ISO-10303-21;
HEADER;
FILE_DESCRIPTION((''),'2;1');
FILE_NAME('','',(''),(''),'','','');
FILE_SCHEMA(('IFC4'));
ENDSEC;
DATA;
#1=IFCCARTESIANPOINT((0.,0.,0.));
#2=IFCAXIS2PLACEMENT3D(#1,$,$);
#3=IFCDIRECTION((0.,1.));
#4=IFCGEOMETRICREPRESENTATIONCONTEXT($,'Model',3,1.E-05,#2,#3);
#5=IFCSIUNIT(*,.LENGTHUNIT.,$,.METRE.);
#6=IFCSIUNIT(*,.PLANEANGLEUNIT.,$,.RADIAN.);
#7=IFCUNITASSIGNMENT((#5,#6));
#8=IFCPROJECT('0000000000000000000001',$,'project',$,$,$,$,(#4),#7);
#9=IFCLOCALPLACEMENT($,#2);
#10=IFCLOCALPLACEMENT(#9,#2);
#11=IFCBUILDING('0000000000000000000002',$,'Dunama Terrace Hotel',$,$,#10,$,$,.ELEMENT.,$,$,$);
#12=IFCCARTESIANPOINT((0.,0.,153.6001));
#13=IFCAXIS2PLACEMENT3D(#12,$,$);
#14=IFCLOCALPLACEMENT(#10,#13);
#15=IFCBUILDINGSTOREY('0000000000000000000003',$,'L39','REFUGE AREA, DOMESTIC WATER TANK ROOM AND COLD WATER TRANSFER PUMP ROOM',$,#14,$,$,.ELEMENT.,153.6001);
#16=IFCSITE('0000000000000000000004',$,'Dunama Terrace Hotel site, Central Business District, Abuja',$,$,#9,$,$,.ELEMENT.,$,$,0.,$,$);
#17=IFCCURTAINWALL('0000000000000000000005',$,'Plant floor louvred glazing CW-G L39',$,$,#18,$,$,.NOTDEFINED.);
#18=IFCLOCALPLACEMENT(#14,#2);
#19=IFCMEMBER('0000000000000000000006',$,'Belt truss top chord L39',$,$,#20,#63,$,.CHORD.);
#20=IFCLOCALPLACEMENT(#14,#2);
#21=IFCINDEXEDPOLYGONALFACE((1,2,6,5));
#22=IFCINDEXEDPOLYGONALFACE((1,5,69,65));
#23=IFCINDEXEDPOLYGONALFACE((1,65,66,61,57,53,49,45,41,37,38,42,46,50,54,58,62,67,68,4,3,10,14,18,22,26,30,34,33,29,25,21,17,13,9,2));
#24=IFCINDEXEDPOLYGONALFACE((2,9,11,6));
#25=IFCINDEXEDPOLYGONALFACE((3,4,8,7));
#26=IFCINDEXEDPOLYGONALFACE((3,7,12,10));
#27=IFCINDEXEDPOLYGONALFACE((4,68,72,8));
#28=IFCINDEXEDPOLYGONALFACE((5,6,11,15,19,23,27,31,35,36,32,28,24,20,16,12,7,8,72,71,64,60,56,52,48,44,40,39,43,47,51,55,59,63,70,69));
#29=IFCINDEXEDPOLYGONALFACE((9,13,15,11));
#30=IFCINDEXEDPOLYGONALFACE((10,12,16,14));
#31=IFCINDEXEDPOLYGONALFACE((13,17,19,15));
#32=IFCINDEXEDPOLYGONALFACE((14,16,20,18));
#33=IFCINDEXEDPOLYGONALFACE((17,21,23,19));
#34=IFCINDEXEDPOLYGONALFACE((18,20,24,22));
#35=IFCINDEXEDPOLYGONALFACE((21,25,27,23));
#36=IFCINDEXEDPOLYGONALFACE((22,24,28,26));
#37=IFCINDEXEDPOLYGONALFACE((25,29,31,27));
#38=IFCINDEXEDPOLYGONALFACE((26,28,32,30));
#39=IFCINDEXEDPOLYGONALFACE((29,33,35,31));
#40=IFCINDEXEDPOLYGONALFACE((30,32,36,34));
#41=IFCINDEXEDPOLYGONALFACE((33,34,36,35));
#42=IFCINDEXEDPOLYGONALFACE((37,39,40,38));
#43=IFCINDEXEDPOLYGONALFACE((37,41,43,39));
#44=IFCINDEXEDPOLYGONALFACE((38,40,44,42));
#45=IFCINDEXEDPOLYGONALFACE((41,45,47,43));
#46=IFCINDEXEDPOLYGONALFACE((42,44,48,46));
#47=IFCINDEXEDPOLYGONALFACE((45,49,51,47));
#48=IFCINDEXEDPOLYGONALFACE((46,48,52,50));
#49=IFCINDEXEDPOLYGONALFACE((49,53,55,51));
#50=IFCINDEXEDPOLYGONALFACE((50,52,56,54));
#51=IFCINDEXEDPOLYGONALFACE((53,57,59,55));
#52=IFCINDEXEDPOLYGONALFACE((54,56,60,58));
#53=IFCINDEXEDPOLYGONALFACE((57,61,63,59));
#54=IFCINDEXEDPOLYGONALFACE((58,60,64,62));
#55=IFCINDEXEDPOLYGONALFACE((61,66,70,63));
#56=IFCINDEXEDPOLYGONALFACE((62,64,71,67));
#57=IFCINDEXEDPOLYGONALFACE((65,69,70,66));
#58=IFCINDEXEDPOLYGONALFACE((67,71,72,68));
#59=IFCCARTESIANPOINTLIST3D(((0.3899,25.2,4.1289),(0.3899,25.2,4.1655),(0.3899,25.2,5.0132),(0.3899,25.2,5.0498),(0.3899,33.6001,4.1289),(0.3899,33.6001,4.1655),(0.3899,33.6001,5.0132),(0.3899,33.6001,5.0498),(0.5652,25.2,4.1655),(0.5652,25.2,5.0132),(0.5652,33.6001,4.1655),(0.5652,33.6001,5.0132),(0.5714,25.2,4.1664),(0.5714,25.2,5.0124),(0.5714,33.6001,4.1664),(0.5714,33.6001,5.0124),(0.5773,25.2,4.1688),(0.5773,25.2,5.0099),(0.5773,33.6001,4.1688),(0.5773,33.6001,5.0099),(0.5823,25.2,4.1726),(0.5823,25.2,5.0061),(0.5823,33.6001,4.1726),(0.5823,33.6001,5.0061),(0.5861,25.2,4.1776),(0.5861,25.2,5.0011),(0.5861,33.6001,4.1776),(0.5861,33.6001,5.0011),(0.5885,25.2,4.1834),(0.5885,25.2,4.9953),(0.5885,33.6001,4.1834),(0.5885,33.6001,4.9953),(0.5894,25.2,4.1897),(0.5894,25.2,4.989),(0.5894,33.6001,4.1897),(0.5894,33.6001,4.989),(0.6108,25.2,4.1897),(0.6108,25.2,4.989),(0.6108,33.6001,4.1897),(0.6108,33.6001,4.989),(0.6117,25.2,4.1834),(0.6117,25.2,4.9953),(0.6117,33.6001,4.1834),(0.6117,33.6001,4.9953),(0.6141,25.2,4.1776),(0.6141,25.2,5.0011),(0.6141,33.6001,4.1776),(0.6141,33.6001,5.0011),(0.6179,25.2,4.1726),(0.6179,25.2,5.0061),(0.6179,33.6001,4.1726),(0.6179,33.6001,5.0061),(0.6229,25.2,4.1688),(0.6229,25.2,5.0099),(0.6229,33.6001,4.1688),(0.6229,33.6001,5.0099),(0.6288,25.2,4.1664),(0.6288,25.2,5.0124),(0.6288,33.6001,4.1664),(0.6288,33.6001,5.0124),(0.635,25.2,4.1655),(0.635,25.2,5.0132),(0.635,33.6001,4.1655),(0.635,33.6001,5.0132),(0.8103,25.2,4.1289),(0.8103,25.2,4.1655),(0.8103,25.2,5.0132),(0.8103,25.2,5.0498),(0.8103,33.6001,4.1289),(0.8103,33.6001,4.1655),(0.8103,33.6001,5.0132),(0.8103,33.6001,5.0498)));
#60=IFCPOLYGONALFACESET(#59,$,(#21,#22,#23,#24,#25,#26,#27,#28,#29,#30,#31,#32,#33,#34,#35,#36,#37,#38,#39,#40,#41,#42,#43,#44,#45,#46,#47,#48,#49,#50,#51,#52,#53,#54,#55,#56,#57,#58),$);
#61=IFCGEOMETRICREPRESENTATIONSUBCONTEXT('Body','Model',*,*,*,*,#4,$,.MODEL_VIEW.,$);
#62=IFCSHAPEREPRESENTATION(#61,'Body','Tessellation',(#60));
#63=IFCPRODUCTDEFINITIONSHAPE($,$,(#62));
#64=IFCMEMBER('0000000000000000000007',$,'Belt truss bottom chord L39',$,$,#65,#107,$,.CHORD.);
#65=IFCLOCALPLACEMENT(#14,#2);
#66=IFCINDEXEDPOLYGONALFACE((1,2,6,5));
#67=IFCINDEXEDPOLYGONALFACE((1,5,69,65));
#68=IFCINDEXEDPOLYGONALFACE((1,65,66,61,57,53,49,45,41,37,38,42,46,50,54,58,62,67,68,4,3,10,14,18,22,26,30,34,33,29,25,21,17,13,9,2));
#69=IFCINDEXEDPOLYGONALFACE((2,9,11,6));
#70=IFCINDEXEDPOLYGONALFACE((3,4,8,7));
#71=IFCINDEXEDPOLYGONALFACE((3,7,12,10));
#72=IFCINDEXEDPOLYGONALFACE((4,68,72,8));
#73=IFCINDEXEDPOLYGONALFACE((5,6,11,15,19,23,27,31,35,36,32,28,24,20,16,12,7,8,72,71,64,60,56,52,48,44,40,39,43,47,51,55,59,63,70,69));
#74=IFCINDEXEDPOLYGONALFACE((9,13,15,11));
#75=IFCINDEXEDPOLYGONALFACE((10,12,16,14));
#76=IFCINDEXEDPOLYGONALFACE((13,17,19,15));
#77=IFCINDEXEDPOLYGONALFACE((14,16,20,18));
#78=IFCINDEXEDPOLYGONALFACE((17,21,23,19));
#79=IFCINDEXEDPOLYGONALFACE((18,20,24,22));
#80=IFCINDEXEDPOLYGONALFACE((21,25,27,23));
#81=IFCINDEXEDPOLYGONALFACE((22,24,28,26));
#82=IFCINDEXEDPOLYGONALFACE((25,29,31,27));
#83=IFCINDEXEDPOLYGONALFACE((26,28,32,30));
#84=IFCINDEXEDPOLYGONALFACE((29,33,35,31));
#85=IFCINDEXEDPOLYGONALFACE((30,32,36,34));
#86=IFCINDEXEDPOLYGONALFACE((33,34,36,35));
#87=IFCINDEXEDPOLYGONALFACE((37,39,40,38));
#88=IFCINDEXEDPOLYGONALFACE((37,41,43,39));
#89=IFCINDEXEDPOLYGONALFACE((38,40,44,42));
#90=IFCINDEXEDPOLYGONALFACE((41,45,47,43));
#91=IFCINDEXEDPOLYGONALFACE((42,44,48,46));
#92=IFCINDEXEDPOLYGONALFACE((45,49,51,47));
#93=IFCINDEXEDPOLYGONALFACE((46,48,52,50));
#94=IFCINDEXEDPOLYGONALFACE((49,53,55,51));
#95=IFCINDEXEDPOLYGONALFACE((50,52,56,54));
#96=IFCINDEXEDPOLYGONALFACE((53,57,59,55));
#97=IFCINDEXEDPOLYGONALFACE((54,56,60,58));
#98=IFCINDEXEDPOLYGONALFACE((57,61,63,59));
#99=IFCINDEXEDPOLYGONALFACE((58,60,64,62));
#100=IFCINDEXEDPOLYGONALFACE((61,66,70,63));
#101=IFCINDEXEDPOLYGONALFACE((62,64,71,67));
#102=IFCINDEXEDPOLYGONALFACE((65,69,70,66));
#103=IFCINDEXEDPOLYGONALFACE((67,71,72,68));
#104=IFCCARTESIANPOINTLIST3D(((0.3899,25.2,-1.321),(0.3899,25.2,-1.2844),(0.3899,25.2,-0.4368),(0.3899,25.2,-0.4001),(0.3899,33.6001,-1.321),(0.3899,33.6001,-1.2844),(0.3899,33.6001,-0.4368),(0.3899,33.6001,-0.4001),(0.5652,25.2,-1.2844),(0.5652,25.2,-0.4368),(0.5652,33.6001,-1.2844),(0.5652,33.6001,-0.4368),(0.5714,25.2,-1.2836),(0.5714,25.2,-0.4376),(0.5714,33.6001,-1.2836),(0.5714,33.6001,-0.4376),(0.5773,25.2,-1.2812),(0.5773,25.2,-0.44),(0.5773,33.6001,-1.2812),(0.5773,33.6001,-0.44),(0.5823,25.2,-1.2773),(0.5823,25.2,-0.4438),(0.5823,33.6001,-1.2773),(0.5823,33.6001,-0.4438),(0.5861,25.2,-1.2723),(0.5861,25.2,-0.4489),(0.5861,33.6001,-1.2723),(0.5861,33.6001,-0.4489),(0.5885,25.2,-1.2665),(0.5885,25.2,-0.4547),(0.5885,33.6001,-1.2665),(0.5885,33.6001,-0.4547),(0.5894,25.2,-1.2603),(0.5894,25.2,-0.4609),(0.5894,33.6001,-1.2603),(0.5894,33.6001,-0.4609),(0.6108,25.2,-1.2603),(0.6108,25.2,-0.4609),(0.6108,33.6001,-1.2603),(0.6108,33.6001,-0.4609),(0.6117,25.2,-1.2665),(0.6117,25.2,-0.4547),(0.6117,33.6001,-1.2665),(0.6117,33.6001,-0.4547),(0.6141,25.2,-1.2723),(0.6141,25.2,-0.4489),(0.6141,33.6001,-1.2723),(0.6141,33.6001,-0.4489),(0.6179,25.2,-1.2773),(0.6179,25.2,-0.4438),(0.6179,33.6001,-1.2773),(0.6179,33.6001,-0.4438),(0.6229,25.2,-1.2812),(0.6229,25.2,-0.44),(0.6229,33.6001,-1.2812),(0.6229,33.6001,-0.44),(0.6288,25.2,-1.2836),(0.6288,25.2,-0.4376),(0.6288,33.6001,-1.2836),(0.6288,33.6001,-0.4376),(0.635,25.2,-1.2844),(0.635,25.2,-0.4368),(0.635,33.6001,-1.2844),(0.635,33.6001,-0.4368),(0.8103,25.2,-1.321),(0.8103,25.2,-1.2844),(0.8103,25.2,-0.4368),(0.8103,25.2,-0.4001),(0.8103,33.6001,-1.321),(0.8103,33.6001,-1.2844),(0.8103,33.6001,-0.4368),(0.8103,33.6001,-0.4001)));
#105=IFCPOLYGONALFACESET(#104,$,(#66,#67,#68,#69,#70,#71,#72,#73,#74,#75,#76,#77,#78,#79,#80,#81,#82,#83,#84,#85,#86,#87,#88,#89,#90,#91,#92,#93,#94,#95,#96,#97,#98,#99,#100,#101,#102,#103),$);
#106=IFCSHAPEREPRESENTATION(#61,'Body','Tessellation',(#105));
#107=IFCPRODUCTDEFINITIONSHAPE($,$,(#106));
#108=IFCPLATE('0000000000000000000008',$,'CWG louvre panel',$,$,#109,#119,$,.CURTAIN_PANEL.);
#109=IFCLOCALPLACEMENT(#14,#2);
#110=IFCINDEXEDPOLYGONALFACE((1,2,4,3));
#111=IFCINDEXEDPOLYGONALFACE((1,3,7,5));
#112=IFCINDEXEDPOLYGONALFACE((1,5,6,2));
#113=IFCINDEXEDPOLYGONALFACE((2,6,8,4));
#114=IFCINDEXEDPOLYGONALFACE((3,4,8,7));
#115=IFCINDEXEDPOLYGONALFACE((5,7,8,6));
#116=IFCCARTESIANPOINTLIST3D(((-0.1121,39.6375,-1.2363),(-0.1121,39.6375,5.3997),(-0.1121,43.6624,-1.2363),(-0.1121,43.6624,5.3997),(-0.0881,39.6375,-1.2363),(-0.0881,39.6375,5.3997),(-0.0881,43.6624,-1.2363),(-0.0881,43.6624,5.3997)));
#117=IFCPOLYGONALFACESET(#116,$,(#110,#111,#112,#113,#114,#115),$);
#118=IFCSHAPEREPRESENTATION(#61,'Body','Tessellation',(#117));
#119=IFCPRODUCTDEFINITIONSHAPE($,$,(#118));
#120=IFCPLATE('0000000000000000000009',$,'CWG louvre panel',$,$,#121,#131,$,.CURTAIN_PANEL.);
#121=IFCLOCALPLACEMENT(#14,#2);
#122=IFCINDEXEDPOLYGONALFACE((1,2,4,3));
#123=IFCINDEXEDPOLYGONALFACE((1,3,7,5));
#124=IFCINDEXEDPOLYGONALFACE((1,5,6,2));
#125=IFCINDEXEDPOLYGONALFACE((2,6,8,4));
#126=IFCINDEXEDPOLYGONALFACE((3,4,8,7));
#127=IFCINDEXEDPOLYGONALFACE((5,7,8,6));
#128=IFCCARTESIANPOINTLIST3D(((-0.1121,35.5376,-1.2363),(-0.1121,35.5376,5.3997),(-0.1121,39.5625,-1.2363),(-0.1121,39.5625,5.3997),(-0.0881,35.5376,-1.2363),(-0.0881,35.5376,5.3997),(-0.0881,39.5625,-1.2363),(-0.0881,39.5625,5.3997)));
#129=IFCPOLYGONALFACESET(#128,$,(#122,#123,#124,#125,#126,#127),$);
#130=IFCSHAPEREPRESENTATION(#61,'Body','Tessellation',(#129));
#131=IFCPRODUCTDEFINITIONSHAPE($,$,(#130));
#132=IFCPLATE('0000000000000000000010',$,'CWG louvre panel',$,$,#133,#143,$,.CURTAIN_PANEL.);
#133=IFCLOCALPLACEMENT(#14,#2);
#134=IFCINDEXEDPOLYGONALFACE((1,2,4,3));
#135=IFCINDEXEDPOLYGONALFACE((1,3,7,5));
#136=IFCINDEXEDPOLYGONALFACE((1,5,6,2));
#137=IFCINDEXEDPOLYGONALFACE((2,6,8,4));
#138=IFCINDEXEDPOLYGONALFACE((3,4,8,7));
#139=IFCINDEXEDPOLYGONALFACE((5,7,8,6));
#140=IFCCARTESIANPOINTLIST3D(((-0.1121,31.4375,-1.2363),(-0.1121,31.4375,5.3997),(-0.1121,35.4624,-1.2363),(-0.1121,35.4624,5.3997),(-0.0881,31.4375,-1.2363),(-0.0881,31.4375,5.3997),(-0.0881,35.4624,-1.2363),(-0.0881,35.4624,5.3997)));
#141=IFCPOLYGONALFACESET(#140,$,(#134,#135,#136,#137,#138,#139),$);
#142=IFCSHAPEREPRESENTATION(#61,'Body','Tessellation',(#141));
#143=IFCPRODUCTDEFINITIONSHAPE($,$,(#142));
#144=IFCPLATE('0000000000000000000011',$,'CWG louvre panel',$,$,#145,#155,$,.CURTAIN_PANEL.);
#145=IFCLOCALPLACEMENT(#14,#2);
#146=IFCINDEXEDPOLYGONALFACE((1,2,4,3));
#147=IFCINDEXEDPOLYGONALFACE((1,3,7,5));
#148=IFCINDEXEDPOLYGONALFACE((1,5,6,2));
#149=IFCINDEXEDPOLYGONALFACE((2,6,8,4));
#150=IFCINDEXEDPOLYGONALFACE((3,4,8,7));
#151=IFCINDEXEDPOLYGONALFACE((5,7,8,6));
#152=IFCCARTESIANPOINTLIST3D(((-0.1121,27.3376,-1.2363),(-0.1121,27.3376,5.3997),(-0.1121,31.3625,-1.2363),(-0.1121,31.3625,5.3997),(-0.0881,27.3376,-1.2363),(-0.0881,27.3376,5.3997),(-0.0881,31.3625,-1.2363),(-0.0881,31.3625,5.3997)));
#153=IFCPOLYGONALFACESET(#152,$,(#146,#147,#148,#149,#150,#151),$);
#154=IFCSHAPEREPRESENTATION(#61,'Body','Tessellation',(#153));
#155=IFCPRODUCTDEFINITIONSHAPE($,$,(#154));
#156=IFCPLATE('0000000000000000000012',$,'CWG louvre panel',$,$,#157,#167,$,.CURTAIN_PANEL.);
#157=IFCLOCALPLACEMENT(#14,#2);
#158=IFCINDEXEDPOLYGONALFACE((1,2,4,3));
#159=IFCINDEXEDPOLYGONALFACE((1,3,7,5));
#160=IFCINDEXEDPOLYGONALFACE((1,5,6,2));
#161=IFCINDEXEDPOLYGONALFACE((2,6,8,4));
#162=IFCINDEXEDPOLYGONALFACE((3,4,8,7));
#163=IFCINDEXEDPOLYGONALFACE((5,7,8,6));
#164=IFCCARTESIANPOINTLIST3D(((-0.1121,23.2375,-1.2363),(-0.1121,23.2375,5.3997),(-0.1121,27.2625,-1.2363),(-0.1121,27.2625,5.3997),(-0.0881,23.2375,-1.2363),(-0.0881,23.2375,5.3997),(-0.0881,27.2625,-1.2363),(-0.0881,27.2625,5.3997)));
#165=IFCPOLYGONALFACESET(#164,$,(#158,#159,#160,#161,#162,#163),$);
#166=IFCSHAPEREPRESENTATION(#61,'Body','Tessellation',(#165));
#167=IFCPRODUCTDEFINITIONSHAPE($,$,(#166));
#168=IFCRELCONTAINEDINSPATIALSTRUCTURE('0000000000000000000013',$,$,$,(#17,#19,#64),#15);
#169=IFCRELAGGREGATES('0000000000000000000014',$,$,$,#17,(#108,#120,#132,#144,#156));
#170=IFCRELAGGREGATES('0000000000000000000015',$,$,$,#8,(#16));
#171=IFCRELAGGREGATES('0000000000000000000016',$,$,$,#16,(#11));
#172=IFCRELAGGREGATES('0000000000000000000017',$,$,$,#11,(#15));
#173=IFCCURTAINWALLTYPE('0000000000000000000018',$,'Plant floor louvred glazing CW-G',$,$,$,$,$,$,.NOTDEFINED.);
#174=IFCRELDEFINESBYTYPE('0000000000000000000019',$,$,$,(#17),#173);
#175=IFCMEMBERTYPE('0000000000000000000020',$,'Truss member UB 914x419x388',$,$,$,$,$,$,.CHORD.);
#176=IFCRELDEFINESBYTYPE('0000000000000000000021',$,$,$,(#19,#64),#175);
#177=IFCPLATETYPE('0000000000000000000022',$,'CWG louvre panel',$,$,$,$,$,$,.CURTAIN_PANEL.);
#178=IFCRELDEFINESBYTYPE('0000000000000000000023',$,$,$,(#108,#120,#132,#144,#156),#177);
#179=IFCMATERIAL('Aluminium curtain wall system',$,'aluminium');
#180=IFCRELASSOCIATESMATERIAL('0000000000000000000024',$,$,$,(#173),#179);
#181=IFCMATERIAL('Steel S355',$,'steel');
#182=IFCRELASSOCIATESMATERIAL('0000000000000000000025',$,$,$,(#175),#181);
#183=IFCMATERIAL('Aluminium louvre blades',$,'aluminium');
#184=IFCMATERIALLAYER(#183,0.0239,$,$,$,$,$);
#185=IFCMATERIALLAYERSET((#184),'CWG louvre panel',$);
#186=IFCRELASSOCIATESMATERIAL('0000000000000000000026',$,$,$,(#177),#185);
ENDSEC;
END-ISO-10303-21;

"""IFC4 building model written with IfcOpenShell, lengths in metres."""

from ifc_helpers import new_model, si_unit, direction, frame, origin, origin_2d, place, context, subcontext, project, spatial, rectangle, i_section, extrude, material, layer, layer_set, material_profile, profile_set, type_object, element, aggregate, save


model = new_model("IFC4")

# Units and contexts
model_context = context("Model", 3, precision=1e-05, world=origin(), true_north=direction((0.0, 1.0)))
body_context = subcontext(model_context, "Body", "Model", "MODEL_VIEW")
ifc_project = project(units=[si_unit("LENGTHUNIT", "METRE"), si_unit("PLANEANGLEUNIT", "RADIAN")], contexts=[model_context])

# Site, building, storey
site_placement = place(None, origin())
site = spatial("IfcSite", under=ifc_project, at=site_placement, Name="Dunama Terrace Hotel site, Central Business District, Abuja", CompositionType="ELEMENT", RefElevation=0.0)
building_placement = place(site_placement, origin())
building = spatial("IfcBuilding", under=site, at=building_placement, Name="Dunama Terrace Hotel", CompositionType="ELEMENT")
storey_placement = place(building_placement, frame((0.0, 0.0, 153.6001)))
storey = spatial("IfcBuildingStorey", under=building, at=storey_placement, Name="L39", Description="REFUGE AREA, DOMESTIC WATER TANK ROOM AND COLD WATER TRANSFER PUMP ROOM", CompositionType="ELEMENT", Elevation=153.6001)

# Curtain wall
ifc_material_1 = material(Name="Aluminium curtain wall system", Category="aluminium")
curtain_wall_type = type_object("IfcCurtainWallType", Name="Plant floor louvred glazing CW-G", PredefinedType="NOTDEFINED", material=ifc_material_1)
curtain_wall_placement = place(storey_placement, origin())
curtain_wall = element("IfcCurtainWall", 1, at=curtain_wall_placement, inside=storey, type_object=curtain_wall_type, Name="Plant floor louvred glazing CW-G L39", PredefinedType="NOTDEFINED")

# Members
ifc_material_2 = material(Name="Steel S355", Category="steel")
ifc_material_profile_1 = material_profile(ifc_material_2, i_section(OverallWidth=0.4204, OverallDepth=0.9209, WebThickness=0.0215, FlangeThickness=0.0366, FilletRadius=0.0242, at=origin_2d()), Name="UB 914x419x388")
ifc_profile_set_1 = profile_set([ifc_material_profile_1], Name="Steel S355")
member_type_1 = type_object("IfcMemberType", Name="Truss member UB 914x419x388", PredefinedType="CHORD", material=ifc_profile_set_1)
for number, where, z_axis, x_axis, name in (
    (2, (0.6001, 25.2, 4.5894), (0.0, 1.0, 0.0), (-1.0, 0.0, 0.0), "Belt truss top chord L39"),
    (3, (0.6001, 25.2, -0.8606), (0.0, 1.0, 0.0), (-1.0, 0.0, 0.0), "Belt truss bottom chord L39"),
):
    element("IfcMember", number, at=place(storey_placement, frame(where, z_axis=z_axis, x_axis=x_axis)), inside=storey, type_object=member_type_1, Name=name, PredefinedType="CHORD", context=body_context, shape_type="SweptSolid", body=[
        extrude(i_section(OverallWidth=0.4204, OverallDepth=0.9209, WebThickness=0.0215, FlangeThickness=0.0366, FilletRadius=0.0242, at=origin_2d()), origin(), (0.0, 0.0, 1.0), 8.4001),
    ])

# Plates
ifc_material_3 = material(Name="Aluminium louvre blades", Category="aluminium")
ifc_layer = layer(ifc_material_3, 0.0239)
ifc_layer_set = layer_set([ifc_layer], Name="CWG louvre panel")
plate_type = type_object("IfcPlateType", Name="CWG louvre panel", PredefinedType="CURTAIN_PANEL", material=ifc_layer_set)
plate_1_placement = place(storey_placement, frame((-0.1001, 41.6499, -1.2363), z_axis=(0.0, 0.0, 1.0), x_axis=(0.0, -1.0, 0.0)))
plate_1 = element("IfcPlate", 4, at=plate_1_placement, type_object=plate_type, Name="CWG louvre panel", PredefinedType="CURTAIN_PANEL", context=body_context, shape_type="SweptSolid", body=[
    extrude(rectangle(XDim=4.0249, YDim=0.0239, at=origin_2d()), origin(), (0.0, 0.0, 1.0), 6.636),
])
plate_2_placement = place(storey_placement, frame((-0.1001, 37.55, -1.2363), z_axis=(0.0, 0.0, 1.0), x_axis=(0.0, -1.0, 0.0)))
plate_2 = element("IfcPlate", 5, at=plate_2_placement, type_object=plate_type, Name="CWG louvre panel", PredefinedType="CURTAIN_PANEL", context=body_context, shape_type="SweptSolid", body=[
    extrude(rectangle(XDim=4.0249, YDim=0.0239, at=origin_2d()), origin(), (0.0, 0.0, 1.0), 6.636),
])
plate_3_placement = place(storey_placement, frame((-0.1001, 33.45, -1.2363), z_axis=(0.0, 0.0, 1.0), x_axis=(0.0, -1.0, 0.0)))
plate_3 = element("IfcPlate", 6, at=plate_3_placement, type_object=plate_type, Name="CWG louvre panel", PredefinedType="CURTAIN_PANEL", context=body_context, shape_type="SweptSolid", body=[
    extrude(rectangle(XDim=4.0249, YDim=0.0239, at=origin_2d()), origin(), (0.0, 0.0, 1.0), 6.636),
])
plate_4_placement = place(storey_placement, frame((-0.1001, 29.3501, -1.2363), z_axis=(0.0, 0.0, 1.0), x_axis=(0.0, -1.0, 0.0)))
plate_4 = element("IfcPlate", 7, at=plate_4_placement, type_object=plate_type, Name="CWG louvre panel", PredefinedType="CURTAIN_PANEL", context=body_context, shape_type="SweptSolid", body=[
    extrude(rectangle(XDim=4.0249, YDim=0.0239, at=origin_2d()), origin(), (0.0, 0.0, 1.0), 6.636),
])
plate_5_placement = place(storey_placement, frame((-0.1001, 25.25, -1.2363), z_axis=(0.0, 0.0, 1.0), x_axis=(0.0, -1.0, 0.0)))
plate_5 = element("IfcPlate", 8, at=plate_5_placement, type_object=plate_type, Name="CWG louvre panel", PredefinedType="CURTAIN_PANEL", context=body_context, shape_type="SweptSolid", body=[
    extrude(rectangle(XDim=4.0249, YDim=0.0239, at=origin_2d()), origin(), (0.0, 0.0, 1.0), 6.636),
])
aggregate(curtain_wall, [plate_1, plate_2, plate_3, plate_4, plate_5])

save(model, "model.ifc")
